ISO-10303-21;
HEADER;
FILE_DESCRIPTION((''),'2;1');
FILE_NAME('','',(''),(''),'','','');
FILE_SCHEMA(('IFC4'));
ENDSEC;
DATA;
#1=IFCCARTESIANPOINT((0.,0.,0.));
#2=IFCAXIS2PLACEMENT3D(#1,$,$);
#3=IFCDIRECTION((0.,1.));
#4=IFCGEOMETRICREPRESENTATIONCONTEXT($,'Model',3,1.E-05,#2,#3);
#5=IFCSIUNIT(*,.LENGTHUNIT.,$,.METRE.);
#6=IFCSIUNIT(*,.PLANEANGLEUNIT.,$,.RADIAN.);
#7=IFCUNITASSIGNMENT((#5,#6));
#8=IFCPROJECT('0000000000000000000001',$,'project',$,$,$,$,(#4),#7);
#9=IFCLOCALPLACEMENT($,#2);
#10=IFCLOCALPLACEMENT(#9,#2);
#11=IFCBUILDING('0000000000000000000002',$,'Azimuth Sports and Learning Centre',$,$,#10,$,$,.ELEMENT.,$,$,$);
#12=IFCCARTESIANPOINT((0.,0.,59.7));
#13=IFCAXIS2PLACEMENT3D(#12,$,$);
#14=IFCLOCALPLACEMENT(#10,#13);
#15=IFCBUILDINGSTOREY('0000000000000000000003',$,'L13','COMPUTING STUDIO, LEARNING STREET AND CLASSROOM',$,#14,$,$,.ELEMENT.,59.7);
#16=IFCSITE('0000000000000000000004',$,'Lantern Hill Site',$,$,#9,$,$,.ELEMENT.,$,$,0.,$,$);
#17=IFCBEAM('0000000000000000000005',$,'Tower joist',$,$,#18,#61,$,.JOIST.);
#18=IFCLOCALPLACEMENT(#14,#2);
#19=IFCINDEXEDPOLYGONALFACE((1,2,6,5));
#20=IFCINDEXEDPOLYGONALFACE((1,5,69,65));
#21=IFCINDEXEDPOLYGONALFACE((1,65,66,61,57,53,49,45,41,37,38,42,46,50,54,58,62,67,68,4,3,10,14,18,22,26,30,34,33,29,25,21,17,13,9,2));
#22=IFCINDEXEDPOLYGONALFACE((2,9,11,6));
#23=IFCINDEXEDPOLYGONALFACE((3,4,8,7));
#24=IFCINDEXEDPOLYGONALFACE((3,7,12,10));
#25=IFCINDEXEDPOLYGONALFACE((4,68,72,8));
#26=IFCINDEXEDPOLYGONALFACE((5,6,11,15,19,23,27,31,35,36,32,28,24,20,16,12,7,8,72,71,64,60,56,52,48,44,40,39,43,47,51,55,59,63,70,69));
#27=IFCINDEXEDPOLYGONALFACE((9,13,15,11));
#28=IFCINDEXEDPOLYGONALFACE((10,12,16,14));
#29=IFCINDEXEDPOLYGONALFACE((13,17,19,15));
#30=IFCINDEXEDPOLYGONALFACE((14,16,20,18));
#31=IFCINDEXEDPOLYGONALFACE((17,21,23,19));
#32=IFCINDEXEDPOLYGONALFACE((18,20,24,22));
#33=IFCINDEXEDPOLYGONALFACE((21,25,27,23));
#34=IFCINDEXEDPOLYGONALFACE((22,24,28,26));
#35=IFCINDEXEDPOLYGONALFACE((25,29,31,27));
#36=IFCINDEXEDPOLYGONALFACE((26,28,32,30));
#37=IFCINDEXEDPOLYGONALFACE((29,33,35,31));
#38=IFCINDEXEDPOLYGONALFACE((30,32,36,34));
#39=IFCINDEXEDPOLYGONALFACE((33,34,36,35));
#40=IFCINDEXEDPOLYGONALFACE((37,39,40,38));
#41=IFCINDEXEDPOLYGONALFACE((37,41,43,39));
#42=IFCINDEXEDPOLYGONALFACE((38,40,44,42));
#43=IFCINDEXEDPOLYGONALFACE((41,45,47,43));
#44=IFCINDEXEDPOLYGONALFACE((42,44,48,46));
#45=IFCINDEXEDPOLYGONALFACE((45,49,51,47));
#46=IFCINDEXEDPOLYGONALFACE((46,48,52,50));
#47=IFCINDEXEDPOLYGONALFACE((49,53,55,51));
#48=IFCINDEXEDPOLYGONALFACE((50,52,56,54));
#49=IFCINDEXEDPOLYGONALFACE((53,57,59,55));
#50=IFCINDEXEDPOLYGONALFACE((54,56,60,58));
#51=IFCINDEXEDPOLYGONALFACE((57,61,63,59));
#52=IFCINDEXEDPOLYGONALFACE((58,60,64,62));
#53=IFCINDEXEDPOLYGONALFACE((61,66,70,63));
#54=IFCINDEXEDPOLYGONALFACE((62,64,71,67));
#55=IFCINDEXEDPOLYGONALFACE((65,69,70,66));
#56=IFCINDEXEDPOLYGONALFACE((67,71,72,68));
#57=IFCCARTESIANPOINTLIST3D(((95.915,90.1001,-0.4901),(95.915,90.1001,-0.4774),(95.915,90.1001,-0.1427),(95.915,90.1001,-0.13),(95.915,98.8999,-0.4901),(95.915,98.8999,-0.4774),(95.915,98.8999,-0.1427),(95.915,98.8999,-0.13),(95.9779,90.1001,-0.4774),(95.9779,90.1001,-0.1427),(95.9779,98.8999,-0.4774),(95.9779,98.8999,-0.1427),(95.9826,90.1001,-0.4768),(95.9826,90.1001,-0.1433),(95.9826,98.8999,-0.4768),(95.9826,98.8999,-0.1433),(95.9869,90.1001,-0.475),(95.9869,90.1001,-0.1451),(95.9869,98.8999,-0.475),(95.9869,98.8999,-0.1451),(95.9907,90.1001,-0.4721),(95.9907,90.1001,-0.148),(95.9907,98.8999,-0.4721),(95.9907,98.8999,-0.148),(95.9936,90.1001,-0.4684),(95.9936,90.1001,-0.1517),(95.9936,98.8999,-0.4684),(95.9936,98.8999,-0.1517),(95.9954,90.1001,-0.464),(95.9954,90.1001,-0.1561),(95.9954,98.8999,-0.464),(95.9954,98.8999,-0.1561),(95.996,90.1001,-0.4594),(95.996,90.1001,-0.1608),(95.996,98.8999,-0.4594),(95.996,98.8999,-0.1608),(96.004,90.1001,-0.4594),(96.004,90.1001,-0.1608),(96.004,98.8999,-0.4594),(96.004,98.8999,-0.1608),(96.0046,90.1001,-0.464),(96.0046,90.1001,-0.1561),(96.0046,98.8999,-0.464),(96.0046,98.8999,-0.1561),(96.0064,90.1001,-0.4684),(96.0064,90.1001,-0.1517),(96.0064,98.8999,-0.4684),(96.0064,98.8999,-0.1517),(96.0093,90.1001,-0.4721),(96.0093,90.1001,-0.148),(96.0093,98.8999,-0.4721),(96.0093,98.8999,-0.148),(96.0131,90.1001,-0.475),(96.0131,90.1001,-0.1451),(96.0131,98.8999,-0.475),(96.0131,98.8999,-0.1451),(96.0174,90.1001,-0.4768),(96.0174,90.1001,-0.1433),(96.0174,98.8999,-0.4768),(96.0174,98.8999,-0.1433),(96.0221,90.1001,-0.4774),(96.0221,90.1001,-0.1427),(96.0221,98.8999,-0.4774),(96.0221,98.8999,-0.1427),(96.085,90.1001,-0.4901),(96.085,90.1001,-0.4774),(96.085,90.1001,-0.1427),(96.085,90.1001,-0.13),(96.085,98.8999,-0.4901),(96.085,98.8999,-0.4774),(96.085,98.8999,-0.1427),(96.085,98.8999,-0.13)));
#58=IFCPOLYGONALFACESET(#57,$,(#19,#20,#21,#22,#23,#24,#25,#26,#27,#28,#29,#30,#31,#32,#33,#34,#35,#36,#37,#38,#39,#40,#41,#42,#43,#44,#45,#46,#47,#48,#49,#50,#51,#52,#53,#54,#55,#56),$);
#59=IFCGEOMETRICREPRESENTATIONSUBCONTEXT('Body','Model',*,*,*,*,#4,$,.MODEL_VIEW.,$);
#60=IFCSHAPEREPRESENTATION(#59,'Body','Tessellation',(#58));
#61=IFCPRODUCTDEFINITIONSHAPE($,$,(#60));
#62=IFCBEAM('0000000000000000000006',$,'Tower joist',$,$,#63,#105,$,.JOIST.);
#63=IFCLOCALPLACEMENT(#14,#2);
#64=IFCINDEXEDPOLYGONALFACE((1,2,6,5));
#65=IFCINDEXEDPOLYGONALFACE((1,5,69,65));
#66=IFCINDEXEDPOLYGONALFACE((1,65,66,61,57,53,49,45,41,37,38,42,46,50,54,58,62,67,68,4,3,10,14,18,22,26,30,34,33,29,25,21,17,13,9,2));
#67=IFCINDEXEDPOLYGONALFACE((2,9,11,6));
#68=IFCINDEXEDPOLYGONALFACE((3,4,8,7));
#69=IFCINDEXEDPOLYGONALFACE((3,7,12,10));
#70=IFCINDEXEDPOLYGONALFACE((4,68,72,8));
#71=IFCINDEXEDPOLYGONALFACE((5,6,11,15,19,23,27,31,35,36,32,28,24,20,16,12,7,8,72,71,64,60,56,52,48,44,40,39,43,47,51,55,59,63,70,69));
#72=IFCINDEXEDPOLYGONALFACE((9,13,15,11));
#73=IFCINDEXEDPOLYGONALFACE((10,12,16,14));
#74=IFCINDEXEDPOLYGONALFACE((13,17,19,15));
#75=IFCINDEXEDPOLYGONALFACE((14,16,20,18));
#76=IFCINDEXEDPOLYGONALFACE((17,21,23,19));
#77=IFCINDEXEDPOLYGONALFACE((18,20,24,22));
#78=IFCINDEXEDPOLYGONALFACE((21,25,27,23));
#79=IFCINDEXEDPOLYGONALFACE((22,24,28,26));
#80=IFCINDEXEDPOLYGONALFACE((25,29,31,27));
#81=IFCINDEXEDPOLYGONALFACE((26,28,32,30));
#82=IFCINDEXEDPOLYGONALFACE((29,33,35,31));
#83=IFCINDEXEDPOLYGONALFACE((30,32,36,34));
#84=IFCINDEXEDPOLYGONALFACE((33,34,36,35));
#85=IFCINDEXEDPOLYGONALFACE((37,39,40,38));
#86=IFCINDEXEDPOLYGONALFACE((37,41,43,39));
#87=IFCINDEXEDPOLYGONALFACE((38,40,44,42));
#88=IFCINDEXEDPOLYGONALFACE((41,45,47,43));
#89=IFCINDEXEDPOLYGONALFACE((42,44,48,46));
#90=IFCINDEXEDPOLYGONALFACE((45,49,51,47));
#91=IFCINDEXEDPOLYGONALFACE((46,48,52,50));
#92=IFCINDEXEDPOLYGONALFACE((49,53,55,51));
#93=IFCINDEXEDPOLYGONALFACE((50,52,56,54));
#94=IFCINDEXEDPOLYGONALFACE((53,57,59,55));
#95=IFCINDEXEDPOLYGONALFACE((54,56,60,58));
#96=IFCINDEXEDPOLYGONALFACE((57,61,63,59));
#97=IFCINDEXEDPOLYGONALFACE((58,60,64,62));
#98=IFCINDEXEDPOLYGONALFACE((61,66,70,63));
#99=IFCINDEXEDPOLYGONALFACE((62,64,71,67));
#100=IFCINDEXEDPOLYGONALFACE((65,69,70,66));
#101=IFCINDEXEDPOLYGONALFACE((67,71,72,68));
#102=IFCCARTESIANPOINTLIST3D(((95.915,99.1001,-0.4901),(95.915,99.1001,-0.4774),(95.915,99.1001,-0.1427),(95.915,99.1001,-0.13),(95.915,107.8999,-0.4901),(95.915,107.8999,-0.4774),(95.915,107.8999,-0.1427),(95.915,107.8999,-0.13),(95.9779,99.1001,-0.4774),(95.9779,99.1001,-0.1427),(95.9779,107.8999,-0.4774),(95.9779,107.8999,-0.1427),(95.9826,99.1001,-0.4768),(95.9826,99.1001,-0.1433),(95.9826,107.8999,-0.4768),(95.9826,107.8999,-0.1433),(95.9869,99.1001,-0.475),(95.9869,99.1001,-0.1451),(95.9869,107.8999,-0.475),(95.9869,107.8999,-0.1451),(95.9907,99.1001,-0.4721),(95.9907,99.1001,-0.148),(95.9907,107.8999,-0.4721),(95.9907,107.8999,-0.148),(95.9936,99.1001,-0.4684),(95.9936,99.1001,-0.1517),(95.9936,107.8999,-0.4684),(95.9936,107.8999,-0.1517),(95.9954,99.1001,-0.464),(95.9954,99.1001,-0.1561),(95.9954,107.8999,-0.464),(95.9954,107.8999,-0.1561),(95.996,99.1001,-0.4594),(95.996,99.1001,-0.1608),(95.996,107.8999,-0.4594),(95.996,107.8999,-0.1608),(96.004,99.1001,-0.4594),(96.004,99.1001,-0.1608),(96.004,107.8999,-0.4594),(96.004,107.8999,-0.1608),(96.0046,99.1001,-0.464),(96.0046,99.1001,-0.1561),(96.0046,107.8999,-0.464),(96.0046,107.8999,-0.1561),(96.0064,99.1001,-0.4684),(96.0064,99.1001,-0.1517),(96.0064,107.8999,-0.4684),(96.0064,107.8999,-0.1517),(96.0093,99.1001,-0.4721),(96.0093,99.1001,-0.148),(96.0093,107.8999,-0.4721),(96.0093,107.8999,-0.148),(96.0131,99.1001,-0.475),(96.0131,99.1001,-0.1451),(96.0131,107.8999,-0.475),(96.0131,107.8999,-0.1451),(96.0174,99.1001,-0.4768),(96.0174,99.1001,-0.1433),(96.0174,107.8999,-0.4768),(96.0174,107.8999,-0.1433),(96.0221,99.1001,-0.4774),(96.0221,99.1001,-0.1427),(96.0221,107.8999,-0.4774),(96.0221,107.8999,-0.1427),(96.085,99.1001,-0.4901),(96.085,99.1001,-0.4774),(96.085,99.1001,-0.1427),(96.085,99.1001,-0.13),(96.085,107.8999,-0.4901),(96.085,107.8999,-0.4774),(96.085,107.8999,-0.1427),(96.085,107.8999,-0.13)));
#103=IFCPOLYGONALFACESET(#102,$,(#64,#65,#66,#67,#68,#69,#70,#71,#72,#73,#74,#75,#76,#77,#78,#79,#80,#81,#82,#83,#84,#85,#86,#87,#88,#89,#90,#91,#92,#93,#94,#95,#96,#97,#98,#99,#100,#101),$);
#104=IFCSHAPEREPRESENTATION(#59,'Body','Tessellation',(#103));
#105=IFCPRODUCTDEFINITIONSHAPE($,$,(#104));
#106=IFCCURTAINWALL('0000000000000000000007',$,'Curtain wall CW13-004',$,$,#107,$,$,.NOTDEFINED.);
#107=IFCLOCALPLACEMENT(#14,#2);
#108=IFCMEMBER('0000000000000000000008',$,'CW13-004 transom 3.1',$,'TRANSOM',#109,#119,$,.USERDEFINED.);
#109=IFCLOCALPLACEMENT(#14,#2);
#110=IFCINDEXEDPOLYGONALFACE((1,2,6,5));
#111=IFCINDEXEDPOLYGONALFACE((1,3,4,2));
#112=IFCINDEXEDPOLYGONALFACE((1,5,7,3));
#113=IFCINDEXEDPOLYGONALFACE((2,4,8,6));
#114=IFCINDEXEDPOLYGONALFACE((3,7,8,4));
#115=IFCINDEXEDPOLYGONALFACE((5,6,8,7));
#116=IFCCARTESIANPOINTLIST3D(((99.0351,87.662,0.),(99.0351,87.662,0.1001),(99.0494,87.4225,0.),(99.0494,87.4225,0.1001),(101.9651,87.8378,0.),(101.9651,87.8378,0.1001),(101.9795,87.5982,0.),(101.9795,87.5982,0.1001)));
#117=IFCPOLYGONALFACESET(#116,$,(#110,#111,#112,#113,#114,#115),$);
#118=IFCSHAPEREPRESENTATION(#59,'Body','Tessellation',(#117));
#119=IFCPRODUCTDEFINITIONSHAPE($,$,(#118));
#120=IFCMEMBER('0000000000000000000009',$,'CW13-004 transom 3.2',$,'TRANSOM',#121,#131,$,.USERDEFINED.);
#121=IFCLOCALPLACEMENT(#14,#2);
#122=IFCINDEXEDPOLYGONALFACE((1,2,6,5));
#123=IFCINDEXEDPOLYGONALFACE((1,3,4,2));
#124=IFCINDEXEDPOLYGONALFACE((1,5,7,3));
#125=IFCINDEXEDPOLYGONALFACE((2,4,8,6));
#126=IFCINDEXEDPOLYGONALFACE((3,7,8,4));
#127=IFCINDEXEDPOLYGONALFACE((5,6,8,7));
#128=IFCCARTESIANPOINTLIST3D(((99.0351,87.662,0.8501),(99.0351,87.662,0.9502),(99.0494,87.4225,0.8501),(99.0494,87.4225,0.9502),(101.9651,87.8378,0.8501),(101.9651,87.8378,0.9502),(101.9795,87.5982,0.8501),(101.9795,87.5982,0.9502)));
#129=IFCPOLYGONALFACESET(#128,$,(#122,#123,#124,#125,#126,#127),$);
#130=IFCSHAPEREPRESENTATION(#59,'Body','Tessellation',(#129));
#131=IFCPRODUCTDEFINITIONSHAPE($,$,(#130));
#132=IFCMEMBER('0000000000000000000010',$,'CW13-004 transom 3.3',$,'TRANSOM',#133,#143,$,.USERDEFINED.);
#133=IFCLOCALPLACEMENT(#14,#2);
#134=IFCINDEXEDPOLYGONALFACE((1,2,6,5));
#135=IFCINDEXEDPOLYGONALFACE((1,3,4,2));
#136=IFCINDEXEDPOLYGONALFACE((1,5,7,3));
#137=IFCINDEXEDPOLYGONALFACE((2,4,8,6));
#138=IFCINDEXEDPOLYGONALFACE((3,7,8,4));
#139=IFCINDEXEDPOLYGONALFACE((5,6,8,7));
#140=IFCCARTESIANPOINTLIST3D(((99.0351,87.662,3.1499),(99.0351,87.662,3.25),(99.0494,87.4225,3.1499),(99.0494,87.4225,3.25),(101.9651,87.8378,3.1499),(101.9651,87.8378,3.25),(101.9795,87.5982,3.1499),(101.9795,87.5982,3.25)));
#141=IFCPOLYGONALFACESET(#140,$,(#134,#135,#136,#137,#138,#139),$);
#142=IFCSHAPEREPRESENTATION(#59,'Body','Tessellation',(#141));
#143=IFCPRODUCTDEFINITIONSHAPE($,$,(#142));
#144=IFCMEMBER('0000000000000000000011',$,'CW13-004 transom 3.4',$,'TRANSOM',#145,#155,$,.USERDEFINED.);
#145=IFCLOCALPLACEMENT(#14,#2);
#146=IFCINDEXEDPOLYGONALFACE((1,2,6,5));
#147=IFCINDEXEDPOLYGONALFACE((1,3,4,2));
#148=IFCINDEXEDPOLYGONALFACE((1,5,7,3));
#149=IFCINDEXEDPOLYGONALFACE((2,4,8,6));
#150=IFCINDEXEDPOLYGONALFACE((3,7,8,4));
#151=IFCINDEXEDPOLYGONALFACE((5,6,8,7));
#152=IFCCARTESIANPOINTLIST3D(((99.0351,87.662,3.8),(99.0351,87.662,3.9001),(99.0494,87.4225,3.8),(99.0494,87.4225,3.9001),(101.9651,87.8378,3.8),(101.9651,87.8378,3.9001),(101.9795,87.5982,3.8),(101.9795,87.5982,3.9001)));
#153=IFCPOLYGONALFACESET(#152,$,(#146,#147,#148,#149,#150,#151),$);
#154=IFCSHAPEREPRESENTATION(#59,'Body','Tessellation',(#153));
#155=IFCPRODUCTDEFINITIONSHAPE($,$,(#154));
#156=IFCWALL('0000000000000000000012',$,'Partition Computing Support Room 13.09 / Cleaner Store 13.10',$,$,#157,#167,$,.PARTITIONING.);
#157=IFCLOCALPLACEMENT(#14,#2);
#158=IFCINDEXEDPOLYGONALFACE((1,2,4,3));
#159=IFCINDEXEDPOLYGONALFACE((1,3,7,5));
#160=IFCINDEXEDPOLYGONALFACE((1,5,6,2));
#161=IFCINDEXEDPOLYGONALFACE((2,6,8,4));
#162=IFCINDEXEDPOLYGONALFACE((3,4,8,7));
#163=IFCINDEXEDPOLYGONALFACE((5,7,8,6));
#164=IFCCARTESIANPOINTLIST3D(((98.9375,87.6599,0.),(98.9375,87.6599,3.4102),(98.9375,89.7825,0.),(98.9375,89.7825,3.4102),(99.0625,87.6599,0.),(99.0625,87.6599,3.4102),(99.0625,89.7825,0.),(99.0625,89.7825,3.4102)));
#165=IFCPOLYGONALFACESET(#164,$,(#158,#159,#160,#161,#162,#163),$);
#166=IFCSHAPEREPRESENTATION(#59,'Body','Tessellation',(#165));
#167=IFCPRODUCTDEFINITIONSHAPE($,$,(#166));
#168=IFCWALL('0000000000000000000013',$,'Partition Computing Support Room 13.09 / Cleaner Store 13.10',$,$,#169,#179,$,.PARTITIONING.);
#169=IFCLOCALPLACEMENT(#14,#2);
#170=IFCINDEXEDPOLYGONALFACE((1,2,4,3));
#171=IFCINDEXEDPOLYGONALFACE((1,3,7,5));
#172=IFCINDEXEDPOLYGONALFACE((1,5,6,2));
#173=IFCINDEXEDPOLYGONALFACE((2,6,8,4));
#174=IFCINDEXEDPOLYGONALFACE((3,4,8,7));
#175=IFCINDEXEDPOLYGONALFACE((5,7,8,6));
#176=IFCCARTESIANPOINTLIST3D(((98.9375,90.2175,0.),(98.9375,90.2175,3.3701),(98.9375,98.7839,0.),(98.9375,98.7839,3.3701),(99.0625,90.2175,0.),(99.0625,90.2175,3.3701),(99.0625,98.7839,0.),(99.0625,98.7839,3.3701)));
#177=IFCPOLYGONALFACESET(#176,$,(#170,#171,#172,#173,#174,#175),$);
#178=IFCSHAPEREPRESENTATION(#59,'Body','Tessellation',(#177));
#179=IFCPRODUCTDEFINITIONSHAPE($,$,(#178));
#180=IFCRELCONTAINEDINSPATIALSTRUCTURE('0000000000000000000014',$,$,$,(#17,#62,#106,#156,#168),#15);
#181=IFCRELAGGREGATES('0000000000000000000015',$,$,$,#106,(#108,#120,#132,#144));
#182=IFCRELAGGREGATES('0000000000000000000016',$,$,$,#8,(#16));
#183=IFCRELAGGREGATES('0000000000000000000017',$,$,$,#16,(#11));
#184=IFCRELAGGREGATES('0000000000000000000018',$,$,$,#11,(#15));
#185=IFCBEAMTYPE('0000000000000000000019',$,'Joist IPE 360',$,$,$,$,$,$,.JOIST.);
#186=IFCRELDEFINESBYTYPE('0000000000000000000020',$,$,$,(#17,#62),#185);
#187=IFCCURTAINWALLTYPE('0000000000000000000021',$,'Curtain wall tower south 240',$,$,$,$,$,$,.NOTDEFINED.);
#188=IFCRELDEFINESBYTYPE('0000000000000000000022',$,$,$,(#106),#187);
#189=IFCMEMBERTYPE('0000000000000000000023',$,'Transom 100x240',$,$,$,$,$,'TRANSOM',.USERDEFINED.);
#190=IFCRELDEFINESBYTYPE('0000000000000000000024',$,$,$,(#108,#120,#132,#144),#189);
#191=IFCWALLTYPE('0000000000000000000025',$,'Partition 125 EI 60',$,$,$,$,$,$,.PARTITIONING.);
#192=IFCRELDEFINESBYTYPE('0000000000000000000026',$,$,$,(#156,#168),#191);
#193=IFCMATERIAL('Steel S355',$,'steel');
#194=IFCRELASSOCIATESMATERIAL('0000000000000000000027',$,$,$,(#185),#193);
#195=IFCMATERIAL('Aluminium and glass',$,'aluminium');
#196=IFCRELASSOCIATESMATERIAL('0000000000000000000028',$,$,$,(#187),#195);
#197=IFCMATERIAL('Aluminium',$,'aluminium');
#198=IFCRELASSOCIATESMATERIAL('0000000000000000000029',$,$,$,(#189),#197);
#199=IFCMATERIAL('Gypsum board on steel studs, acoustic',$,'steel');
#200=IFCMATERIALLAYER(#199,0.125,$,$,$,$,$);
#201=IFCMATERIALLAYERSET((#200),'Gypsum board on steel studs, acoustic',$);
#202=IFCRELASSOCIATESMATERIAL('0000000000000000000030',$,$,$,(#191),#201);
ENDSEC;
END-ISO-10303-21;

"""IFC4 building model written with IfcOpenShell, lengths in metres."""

from ifc_helpers import new_model, si_unit, direction, frame, frame_2d, origin, origin_2d, place, context, subcontext, project, spatial, rectangle, i_section, extrude, material, layer, layer_set, material_profile, profile_set, type_object, element, aggregate, save


model = new_model("IFC4")

# Units and contexts
model_context = context("Model", 3, precision=1e-05, world=origin(), true_north=direction((0.0, 1.0)))
body_context = subcontext(model_context, "Body", "Model", "MODEL_VIEW")
ifc_project = project(units=[si_unit("LENGTHUNIT", "METRE"), si_unit("PLANEANGLEUNIT", "RADIAN")], contexts=[model_context])

# Site, building, storey
site_placement = place(None, origin())
site = spatial("IfcSite", under=ifc_project, at=site_placement, Name="Lantern Hill Site", CompositionType="ELEMENT", RefElevation=0.0)
building_placement = place(site_placement, origin())
building = spatial("IfcBuilding", under=site, at=building_placement, Name="Azimuth Sports and Learning Centre", CompositionType="ELEMENT")
storey_placement = place(building_placement, frame((0.0, 0.0, 59.7)))
storey = spatial("IfcBuildingStorey", under=building, at=storey_placement, Name="L13", Description="COMPUTING STUDIO, LEARNING STREET AND CLASSROOM", CompositionType="ELEMENT", Elevation=59.7)

# Beams
ifc_material_1 = material(Name="Steel S355", Category="steel")
ifc_material_profile_1 = material_profile(ifc_material_1, i_section(OverallWidth=0.1699, OverallDepth=0.3601, WebThickness=0.0081, FlangeThickness=0.0127, FilletRadius=0.0181, at=origin_2d()), Name="IPE 360")
ifc_profile_set_1 = profile_set([ifc_material_profile_1], Name="Steel S355")
beam_type_1 = type_object("IfcBeamType", Name="Joist IPE 360", PredefinedType="JOIST", material=ifc_profile_set_1)
for number, where, z_axis, x_axis, name in (
    (1, (96.0, 90.1001, -0.3101), (0.0, 1.0, 0.0), (-1.0, 0.0, 0.0), "Tower joist"),
    (2, (96.0, 99.1001, -0.3101), (0.0, 1.0, 0.0), (-1.0, 0.0, 0.0), "Tower joist"),
):
    element("IfcBeam", number, at=place(storey_placement, frame(where, z_axis=z_axis, x_axis=x_axis)), inside=storey, type_object=beam_type_1, Name=name, PredefinedType="JOIST", context=body_context, shape_type="SweptSolid", body=[
        extrude(i_section(OverallWidth=0.1699, OverallDepth=0.3601, WebThickness=0.0081, FlangeThickness=0.0127, FilletRadius=0.0181, at=origin_2d()), origin(), (0.0, 0.0, 1.0), 8.7998),
    ])

# Curtain wall, members
ifc_material_2 = material(Name="Aluminium and glass", Category="aluminium")
curtain_wall_type = type_object("IfcCurtainWallType", Name="Curtain wall tower south 240", PredefinedType="NOTDEFINED", material=ifc_material_2)
curtain_wall_placement = place(storey_placement, origin())
curtain_wall = element("IfcCurtainWall", 3, at=curtain_wall_placement, inside=storey, type_object=curtain_wall_type, Name="Curtain wall CW13-004", PredefinedType="NOTDEFINED")
ifc_material_3 = material(Name="Aluminium", Category="aluminium")
ifc_material_profile_2 = material_profile(ifc_material_3, rectangle(XDim=0.24, YDim=0.1001, at=origin_2d()), Name="Transom 100x240")
ifc_profile_set_2 = profile_set([ifc_material_profile_2], Name="Aluminium")
member_type_1 = type_object("IfcMemberType", Name="Transom 100x240", ElementType="TRANSOM", PredefinedType="USERDEFINED", material=ifc_profile_set_2)
member_1_placement = place(storey_placement, frame((99.0422, 87.5422, 0.05), z_axis=(0.998205, 0.059887, 0.0), x_axis=(-0.059887, 0.998205, 0.0)))
member_1 = element("IfcMember", 4, at=member_1_placement, type_object=member_type_1, Name="CW13-004 transom 3.1", ObjectType="TRANSOM", PredefinedType="USERDEFINED", context=body_context, shape_type="SweptSolid", body=[
    extrude(rectangle(XDim=0.24, YDim=0.1001, at=origin_2d()), origin(), (0.0, 0.0, 1.0), 2.9353),
])
member_2_placement = place(storey_placement, frame((99.0422, 87.5422, 0.9001), z_axis=(0.998205, 0.059887, 0.0), x_axis=(-0.059887, 0.998205, 0.0)))
member_2 = element("IfcMember", 5, at=member_2_placement, type_object=member_type_1, Name="CW13-004 transom 3.2", ObjectType="TRANSOM", PredefinedType="USERDEFINED", context=body_context, shape_type="SweptSolid", body=[
    extrude(rectangle(XDim=0.24, YDim=0.1001, at=origin_2d()), origin(), (0.0, 0.0, 1.0), 2.9353),
])
member_3_placement = place(storey_placement, frame((99.0422, 87.5422, 3.2), z_axis=(0.998205, 0.059887, 0.0), x_axis=(-0.059887, 0.998205, 0.0)))
member_3 = element("IfcMember", 6, at=member_3_placement, type_object=member_type_1, Name="CW13-004 transom 3.3", ObjectType="TRANSOM", PredefinedType="USERDEFINED", context=body_context, shape_type="SweptSolid", body=[
    extrude(rectangle(XDim=0.24, YDim=0.1001, at=origin_2d()), origin(), (0.0, 0.0, 1.0), 2.9353),
])
member_4_placement = place(storey_placement, frame((99.0422, 87.5422, 3.8501), z_axis=(0.998205, 0.059887, 0.0), x_axis=(-0.059887, 0.998205, 0.0)))
member_4 = element("IfcMember", 7, at=member_4_placement, type_object=member_type_1, Name="CW13-004 transom 3.4", ObjectType="TRANSOM", PredefinedType="USERDEFINED", context=body_context, shape_type="SweptSolid", body=[
    extrude(rectangle(XDim=0.24, YDim=0.1001, at=origin_2d()), origin(), (0.0, 0.0, 1.0), 2.9353),
])
aggregate(curtain_wall, [member_1, member_2, member_3, member_4])

# Walls
ifc_material_4 = material(Name="Gypsum board on steel studs, acoustic", Category="steel")
ifc_layer = layer(ifc_material_4, 0.125)
ifc_layer_set = layer_set([ifc_layer], Name="Gypsum board on steel studs, acoustic")
wall_type = type_object("IfcWallType", Name="Partition 125 EI 60", PredefinedType="PARTITIONING", material=ifc_layer_set)
wall_1_placement = place(storey_placement, frame((99.0, 87.6599, 0.0), z_axis=(0.0, 0.0, 1.0), x_axis=(0.0, 1.0, 0.0)))
element("IfcWall", 8, at=wall_1_placement, inside=storey, type_object=wall_type, Name="Partition Computing Support Room 13.09 / Cleaner Store 13.10", PredefinedType="PARTITIONING", context=body_context, shape_type="SweptSolid", body=[
    extrude(rectangle(XDim=2.1226, YDim=0.125, at=frame_2d((1.0613, 0.0))), origin(), (0.0, 0.0, 1.0), 3.4102),
])
wall_2_placement = place(storey_placement, frame((99.0, 90.2175, 0.0), z_axis=(0.0, 0.0, 1.0), x_axis=(0.0, 1.0, 0.0)))
element("IfcWall", 9, at=wall_2_placement, inside=storey, type_object=wall_type, Name="Partition Computing Support Room 13.09 / Cleaner Store 13.10", PredefinedType="PARTITIONING", context=body_context, shape_type="SweptSolid", body=[
    extrude(rectangle(XDim=8.5664, YDim=0.125, at=frame_2d((4.2832, 0.0))), origin(), (0.0, 0.0, 1.0), 3.3701),
])

save(model, "model.ifc")
